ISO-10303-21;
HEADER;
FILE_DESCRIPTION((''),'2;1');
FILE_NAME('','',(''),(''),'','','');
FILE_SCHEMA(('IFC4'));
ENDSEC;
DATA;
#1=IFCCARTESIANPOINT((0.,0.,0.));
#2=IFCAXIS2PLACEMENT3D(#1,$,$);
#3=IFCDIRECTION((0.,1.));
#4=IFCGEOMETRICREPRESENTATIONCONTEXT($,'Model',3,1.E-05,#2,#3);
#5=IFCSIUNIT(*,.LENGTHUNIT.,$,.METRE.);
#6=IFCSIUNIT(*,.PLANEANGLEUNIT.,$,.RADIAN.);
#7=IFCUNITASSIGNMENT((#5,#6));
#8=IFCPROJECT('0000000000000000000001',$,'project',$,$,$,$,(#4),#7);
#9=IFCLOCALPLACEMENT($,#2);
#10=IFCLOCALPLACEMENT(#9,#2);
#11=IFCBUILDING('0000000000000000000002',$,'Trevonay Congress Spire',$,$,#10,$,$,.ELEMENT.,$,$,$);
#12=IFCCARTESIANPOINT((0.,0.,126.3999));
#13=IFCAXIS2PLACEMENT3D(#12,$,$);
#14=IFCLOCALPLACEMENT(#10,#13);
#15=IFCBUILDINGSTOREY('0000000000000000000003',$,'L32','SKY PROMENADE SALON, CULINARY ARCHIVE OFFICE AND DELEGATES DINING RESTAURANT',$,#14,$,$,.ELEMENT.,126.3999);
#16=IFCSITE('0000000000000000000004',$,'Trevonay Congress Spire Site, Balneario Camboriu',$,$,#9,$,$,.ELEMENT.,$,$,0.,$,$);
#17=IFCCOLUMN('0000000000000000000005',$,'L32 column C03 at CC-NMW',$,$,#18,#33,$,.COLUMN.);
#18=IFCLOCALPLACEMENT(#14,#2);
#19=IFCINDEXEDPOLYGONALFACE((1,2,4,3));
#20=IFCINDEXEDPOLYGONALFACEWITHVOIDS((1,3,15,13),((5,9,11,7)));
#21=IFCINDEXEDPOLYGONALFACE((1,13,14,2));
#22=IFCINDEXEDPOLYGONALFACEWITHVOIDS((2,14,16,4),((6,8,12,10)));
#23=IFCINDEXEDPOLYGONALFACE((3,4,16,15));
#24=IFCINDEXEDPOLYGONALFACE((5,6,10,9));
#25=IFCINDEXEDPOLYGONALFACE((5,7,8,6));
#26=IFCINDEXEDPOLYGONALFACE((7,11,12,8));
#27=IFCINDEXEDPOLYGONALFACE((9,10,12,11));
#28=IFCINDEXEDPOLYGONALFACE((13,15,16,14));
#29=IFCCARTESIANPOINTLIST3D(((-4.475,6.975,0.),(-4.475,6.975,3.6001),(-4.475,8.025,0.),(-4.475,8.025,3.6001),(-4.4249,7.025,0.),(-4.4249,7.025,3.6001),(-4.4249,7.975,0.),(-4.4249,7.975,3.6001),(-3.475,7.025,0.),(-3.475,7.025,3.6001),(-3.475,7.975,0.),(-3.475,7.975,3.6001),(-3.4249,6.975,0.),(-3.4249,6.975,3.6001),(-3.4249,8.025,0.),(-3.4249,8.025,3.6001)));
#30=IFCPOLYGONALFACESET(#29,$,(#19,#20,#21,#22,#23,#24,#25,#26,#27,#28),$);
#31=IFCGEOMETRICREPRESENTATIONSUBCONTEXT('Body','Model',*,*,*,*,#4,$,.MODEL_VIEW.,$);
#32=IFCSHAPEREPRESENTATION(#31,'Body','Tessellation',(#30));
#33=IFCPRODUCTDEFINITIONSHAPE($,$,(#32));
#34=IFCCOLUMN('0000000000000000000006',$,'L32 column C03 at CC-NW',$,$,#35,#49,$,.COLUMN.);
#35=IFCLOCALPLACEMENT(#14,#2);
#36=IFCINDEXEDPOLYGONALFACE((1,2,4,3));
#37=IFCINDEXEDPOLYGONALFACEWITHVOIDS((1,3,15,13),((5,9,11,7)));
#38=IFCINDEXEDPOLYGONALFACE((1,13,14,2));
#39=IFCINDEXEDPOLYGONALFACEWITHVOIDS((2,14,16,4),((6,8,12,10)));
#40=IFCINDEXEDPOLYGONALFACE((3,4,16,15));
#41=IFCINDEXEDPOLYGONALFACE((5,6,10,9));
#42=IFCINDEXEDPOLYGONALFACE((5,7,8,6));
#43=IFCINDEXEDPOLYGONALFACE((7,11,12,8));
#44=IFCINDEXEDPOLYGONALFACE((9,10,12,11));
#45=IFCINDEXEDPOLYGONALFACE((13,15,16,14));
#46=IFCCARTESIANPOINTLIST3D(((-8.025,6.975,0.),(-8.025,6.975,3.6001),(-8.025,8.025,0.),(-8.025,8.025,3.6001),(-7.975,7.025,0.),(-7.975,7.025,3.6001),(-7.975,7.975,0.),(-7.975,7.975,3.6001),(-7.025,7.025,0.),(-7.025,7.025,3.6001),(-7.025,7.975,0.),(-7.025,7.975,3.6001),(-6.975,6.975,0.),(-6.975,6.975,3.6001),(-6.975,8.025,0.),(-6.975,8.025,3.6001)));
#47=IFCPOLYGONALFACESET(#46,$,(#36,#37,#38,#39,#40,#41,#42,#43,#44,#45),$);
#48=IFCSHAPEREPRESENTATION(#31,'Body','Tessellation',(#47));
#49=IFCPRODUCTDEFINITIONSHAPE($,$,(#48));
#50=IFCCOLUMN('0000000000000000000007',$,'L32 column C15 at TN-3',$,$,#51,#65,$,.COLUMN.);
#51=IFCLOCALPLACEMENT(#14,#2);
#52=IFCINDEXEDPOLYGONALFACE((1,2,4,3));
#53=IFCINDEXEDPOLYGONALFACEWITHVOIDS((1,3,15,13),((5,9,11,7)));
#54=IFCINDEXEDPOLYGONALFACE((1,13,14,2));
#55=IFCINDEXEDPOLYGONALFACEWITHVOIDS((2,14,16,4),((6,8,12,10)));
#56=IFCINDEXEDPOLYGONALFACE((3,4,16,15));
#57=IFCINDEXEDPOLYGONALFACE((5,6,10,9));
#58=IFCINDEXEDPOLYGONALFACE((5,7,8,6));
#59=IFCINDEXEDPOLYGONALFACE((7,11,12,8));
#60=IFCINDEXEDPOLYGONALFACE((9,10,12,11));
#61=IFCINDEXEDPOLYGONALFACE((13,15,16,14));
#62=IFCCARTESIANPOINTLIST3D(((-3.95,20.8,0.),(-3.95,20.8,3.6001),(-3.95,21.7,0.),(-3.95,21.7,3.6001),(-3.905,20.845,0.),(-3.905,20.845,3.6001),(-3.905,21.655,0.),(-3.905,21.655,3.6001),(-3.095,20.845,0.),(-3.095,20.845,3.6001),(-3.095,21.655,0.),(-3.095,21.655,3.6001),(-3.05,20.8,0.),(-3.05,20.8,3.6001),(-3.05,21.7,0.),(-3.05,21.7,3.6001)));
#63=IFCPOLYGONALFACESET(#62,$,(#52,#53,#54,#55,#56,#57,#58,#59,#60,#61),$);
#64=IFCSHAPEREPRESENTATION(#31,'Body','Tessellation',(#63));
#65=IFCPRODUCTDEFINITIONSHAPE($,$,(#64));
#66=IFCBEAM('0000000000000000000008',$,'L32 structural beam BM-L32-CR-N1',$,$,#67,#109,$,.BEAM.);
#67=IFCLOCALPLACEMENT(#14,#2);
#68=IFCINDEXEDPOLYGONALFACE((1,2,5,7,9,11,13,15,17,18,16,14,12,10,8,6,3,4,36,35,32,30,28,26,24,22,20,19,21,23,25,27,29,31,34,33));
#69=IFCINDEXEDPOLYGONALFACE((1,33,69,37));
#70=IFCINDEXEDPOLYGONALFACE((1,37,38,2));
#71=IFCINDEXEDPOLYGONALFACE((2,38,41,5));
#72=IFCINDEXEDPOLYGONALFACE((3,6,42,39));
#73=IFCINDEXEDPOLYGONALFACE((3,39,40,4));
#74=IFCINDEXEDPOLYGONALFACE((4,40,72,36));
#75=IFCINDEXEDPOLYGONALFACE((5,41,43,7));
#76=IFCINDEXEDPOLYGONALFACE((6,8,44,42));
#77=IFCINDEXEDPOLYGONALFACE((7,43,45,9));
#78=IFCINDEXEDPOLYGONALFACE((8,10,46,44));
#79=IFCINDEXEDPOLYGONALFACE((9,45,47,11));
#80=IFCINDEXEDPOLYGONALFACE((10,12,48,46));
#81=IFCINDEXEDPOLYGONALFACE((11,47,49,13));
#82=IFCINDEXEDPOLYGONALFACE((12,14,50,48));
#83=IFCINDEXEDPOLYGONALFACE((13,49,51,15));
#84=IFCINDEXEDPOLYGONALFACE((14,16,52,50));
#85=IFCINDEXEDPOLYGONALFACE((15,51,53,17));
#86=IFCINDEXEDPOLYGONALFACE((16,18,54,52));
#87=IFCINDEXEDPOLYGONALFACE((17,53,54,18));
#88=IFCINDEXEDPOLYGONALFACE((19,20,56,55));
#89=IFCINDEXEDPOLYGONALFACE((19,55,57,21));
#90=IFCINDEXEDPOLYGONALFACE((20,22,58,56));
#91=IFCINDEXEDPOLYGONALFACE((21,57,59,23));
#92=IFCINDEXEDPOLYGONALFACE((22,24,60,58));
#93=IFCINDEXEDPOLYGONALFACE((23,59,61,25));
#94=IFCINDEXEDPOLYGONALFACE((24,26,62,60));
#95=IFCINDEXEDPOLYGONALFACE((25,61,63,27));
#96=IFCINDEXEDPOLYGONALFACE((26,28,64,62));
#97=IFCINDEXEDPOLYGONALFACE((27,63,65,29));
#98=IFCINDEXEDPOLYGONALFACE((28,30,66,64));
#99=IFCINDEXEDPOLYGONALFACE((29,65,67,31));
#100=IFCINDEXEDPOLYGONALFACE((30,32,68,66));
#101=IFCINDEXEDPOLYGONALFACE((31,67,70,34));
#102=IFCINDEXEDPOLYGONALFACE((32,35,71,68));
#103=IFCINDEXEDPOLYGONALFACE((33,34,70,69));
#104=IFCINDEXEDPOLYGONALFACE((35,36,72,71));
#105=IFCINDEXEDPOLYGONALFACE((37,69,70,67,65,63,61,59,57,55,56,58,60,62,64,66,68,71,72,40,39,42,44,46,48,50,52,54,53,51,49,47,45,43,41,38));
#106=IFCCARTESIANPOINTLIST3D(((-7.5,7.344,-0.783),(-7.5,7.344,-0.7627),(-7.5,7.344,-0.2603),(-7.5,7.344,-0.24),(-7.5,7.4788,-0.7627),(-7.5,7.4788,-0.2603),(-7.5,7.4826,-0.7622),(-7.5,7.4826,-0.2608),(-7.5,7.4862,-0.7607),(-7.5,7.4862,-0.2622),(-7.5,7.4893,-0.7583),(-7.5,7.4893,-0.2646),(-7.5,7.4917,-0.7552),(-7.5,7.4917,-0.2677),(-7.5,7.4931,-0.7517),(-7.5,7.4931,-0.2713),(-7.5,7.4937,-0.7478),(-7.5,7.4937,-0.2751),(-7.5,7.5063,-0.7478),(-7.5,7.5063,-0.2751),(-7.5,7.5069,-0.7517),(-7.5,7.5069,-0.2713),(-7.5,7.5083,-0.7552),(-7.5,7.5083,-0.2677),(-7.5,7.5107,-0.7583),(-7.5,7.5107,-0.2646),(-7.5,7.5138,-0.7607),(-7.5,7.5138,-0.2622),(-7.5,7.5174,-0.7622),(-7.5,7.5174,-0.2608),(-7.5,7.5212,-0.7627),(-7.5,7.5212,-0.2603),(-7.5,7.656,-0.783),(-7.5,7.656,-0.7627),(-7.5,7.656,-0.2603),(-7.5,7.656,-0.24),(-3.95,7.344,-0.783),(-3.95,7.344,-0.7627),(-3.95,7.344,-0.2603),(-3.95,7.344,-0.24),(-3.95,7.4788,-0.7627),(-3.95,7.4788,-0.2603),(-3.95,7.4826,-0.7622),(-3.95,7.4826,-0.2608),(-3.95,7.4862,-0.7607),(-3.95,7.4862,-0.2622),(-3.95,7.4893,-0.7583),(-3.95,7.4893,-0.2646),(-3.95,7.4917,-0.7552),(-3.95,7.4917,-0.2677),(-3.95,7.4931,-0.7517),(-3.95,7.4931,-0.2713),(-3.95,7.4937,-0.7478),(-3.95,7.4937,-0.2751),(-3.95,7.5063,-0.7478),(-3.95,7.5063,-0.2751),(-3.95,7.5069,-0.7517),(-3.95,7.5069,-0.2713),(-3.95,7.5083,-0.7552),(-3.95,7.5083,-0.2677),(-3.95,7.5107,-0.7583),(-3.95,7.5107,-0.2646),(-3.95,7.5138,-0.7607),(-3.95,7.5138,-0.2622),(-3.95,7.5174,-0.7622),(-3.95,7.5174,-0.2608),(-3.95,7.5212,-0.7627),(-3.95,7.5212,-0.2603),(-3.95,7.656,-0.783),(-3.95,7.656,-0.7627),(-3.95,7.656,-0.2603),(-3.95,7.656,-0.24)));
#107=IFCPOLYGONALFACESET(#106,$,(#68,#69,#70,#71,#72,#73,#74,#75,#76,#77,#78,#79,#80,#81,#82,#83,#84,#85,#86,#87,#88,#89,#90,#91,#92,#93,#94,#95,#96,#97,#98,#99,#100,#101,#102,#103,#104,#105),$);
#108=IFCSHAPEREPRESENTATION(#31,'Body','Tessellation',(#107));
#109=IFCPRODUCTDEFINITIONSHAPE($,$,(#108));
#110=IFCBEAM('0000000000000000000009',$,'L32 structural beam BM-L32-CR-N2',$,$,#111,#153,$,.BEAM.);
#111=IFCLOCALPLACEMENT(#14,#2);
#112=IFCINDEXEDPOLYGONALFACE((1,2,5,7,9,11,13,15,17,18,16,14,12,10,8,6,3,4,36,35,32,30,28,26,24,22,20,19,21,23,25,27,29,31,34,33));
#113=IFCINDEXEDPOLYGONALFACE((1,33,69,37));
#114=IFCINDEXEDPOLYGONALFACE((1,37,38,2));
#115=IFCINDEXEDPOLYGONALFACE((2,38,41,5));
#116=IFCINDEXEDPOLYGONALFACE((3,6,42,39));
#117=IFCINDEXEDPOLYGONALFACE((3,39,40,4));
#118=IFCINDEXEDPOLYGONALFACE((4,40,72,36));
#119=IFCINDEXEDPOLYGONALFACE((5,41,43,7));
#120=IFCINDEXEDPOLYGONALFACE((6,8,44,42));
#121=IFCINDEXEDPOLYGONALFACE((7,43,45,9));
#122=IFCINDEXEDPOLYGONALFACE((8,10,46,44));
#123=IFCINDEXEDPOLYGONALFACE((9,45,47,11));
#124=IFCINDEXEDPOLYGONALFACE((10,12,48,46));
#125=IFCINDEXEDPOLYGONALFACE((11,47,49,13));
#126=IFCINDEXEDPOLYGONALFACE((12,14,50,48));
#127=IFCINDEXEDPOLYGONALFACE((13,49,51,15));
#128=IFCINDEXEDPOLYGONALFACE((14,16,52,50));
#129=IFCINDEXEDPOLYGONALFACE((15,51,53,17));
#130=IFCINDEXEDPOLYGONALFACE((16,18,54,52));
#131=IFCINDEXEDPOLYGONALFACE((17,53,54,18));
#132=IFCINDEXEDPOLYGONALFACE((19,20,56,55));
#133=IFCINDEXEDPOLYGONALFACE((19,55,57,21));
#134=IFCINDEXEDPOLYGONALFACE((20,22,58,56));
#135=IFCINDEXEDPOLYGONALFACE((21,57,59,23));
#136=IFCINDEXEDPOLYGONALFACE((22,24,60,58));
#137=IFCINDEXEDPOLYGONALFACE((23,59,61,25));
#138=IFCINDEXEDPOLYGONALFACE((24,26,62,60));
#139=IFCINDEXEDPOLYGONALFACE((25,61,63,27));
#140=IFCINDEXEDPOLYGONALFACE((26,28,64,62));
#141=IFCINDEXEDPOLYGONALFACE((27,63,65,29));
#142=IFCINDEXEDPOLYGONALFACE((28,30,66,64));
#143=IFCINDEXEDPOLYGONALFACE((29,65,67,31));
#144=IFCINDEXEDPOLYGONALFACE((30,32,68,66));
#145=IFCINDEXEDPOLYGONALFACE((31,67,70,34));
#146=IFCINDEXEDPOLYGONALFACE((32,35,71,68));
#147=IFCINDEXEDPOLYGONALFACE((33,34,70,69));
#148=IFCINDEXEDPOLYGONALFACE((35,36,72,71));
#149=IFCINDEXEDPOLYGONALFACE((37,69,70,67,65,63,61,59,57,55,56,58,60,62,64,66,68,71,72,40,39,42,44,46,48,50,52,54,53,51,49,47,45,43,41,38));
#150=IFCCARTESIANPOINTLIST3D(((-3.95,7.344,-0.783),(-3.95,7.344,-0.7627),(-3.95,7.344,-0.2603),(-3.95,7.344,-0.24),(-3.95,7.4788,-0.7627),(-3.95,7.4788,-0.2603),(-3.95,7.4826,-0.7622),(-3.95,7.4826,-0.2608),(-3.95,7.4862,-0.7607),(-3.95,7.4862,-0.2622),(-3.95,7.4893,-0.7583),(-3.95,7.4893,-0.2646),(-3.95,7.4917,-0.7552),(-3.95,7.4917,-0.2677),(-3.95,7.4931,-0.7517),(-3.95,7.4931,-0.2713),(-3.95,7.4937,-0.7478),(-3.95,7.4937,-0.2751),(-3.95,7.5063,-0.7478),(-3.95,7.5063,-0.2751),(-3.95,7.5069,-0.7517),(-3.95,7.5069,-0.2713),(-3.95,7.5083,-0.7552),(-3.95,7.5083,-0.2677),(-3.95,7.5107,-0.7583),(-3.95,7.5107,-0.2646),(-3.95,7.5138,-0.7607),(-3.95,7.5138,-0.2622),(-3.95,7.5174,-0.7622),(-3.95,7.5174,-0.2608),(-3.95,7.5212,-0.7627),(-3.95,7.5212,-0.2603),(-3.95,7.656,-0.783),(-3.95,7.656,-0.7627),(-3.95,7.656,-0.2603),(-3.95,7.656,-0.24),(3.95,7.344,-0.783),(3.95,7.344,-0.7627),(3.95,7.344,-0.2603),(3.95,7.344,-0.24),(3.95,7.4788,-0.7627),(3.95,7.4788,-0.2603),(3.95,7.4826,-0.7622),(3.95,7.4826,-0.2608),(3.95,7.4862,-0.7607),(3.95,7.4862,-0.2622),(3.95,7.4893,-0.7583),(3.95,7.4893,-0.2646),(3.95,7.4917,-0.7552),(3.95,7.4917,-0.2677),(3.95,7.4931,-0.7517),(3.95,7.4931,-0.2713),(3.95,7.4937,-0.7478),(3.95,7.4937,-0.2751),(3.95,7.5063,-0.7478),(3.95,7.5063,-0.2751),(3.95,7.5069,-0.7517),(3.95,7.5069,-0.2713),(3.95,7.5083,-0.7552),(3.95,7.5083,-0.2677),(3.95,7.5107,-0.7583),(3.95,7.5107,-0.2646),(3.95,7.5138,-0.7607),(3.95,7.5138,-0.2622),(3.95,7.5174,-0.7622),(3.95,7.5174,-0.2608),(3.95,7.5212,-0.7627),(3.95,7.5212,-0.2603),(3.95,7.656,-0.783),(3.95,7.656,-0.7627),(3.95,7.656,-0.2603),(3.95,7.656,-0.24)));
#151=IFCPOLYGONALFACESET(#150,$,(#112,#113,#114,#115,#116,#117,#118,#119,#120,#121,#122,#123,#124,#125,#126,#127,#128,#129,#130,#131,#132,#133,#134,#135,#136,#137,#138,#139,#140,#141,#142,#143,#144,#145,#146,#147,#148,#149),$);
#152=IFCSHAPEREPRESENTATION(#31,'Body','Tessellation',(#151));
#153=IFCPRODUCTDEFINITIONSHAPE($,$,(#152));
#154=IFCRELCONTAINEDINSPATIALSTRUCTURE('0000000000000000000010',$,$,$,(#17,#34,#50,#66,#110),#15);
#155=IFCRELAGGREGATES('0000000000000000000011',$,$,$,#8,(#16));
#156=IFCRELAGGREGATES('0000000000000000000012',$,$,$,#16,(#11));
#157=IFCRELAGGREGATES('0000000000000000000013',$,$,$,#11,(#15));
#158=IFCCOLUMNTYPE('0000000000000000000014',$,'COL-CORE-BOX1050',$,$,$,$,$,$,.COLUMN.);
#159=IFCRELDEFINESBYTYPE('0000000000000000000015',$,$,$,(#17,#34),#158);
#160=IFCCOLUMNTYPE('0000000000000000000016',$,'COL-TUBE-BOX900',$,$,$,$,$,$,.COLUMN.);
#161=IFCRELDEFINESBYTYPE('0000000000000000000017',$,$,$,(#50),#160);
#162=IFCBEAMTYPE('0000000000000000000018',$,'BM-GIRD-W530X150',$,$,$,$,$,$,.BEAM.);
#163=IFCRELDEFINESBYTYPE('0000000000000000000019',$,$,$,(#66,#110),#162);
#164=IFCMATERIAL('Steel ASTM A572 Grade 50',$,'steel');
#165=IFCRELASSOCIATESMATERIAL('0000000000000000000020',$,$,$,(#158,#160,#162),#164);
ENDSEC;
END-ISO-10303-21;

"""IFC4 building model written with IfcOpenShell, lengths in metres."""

from ifc_helpers import new_model, si_unit, direction, frame, origin, origin_2d, place, context, subcontext, project, spatial, hollow_rectangle, i_section, extrude, material, material_profile, profile_set, type_object, element, save


model = new_model("IFC4")

# Units and contexts
model_context = context("Model", 3, precision=1e-05, world=origin(), true_north=direction((0.0, 1.0)))
body_context = subcontext(model_context, "Body", "Model", "MODEL_VIEW")
ifc_project = project(units=[si_unit("LENGTHUNIT", "METRE"), si_unit("PLANEANGLEUNIT", "RADIAN")], contexts=[model_context])

# Site, building, storey
site_placement = place(None, origin())
site = spatial("IfcSite", under=ifc_project, at=site_placement, Name="Trevonay Congress Spire Site, Balneario Camboriu", CompositionType="ELEMENT", RefElevation=0.0)
building_placement = place(site_placement, origin())
building = spatial("IfcBuilding", under=site, at=building_placement, Name="Trevonay Congress Spire", CompositionType="ELEMENT")
storey_placement = place(building_placement, frame((0.0, 0.0, 126.3999)))
storey = spatial("IfcBuildingStorey", under=building, at=storey_placement, Name="L32", Description="SKY PROMENADE SALON, CULINARY ARCHIVE OFFICE AND DELEGATES DINING RESTAURANT", CompositionType="ELEMENT", Elevation=126.3999)

# Columns
ifc_material_1 = material(Name="Steel ASTM A572 Grade 50", Category="steel")
ifc_material_profile_1 = material_profile(ifc_material_1, hollow_rectangle(XDim=1.05, YDim=1.05, WallThickness=0.05, at=origin_2d()), Name="BOX 1050x1050x50")
ifc_profile_set_1 = profile_set([ifc_material_profile_1], Name="Steel ASTM A572 Grade 50")
column_type_1 = type_object("IfcColumnType", Name="COL-CORE-BOX1050", PredefinedType="COLUMN", material=ifc_profile_set_1)
for number, where, z_axis, x_axis, name in (
    (1, (-3.95, 7.5, 0.0), (0.0, 0.0, 1.0), (1.0, 0.0, 0.0), "L32 column C03 at CC-NMW"),
    (2, (-7.5, 7.5, 0.0), (0.0, 0.0, 1.0), (1.0, 0.0, 0.0), "L32 column C03 at CC-NW"),
):
    element("IfcColumn", number, at=place(storey_placement, frame(where, z_axis=z_axis, x_axis=x_axis)), inside=storey, type_object=column_type_1, Name=name, PredefinedType="COLUMN", context=body_context, shape_type="SweptSolid", body=[
        extrude(hollow_rectangle(XDim=1.05, YDim=1.05, WallThickness=0.05, at=origin_2d()), origin(), (0.0, 0.0, 1.0), 3.6001),
    ])
ifc_material_profile_2 = material_profile(ifc_material_1, hollow_rectangle(XDim=0.8999, YDim=0.8999, WallThickness=0.0449, at=origin_2d()), Name="BOX 900x900x45")
ifc_profile_set_2 = profile_set([ifc_material_profile_2], Name="Steel ASTM A572 Grade 50")
column_type_2 = type_object("IfcColumnType", Name="COL-TUBE-BOX900", PredefinedType="COLUMN", material=ifc_profile_set_2)
column_placement = place(storey_placement, frame((-3.5, 21.25, 0.0), z_axis=(0.0, 0.0, 1.0), x_axis=(1.0, 0.0, 0.0)))
element("IfcColumn", 3, at=column_placement, inside=storey, type_object=column_type_2, Name="L32 column C15 at TN-3", PredefinedType="COLUMN", context=body_context, shape_type="SweptSolid", body=[
    extrude(hollow_rectangle(XDim=0.8999, YDim=0.8999, WallThickness=0.0449, at=origin_2d()), origin(), (0.0, 0.0, 1.0), 3.6001),
])

# Beams
ifc_material_profile_3 = material_profile(ifc_material_1, i_section(OverallWidth=0.312, OverallDepth=0.543, WebThickness=0.0127, FlangeThickness=0.0203, FilletRadius=0.0149, at=origin_2d()), Name="W530x150")
ifc_profile_set_3 = profile_set([ifc_material_profile_3], Name="Steel ASTM A572 Grade 50")
beam_type_1 = type_object("IfcBeamType", Name="BM-GIRD-W530X150", PredefinedType="BEAM", material=ifc_profile_set_3)
beam_1_placement = place(storey_placement, frame((-7.5, 7.5, -0.5115), z_axis=(1.0, 0.0, 0.0), x_axis=(0.0, 1.0, 0.0)))
element("IfcBeam", 4, at=beam_1_placement, inside=storey, type_object=beam_type_1, Name="L32 structural beam BM-L32-CR-N1", PredefinedType="BEAM", context=body_context, shape_type="SweptSolid", body=[
    extrude(i_section(OverallWidth=0.312, OverallDepth=0.543, WebThickness=0.0127, FlangeThickness=0.0203, FilletRadius=0.0149, at=origin_2d()), origin(), (0.0, 0.0, 1.0), 3.55),
])
beam_2_placement = place(storey_placement, frame((-3.95, 7.5, -0.5115), z_axis=(1.0, 0.0, 0.0), x_axis=(0.0, 1.0, 0.0)))
element("IfcBeam", 5, at=beam_2_placement, inside=storey, type_object=beam_type_1, Name="L32 structural beam BM-L32-CR-N2", PredefinedType="BEAM", context=body_context, shape_type="SweptSolid", body=[
    extrude(i_section(OverallWidth=0.312, OverallDepth=0.543, WebThickness=0.0127, FlangeThickness=0.0203, FilletRadius=0.0149, at=origin_2d()), origin(), (0.0, 0.0, 1.0), 7.8999),
])

save(model, "model.ifc")
